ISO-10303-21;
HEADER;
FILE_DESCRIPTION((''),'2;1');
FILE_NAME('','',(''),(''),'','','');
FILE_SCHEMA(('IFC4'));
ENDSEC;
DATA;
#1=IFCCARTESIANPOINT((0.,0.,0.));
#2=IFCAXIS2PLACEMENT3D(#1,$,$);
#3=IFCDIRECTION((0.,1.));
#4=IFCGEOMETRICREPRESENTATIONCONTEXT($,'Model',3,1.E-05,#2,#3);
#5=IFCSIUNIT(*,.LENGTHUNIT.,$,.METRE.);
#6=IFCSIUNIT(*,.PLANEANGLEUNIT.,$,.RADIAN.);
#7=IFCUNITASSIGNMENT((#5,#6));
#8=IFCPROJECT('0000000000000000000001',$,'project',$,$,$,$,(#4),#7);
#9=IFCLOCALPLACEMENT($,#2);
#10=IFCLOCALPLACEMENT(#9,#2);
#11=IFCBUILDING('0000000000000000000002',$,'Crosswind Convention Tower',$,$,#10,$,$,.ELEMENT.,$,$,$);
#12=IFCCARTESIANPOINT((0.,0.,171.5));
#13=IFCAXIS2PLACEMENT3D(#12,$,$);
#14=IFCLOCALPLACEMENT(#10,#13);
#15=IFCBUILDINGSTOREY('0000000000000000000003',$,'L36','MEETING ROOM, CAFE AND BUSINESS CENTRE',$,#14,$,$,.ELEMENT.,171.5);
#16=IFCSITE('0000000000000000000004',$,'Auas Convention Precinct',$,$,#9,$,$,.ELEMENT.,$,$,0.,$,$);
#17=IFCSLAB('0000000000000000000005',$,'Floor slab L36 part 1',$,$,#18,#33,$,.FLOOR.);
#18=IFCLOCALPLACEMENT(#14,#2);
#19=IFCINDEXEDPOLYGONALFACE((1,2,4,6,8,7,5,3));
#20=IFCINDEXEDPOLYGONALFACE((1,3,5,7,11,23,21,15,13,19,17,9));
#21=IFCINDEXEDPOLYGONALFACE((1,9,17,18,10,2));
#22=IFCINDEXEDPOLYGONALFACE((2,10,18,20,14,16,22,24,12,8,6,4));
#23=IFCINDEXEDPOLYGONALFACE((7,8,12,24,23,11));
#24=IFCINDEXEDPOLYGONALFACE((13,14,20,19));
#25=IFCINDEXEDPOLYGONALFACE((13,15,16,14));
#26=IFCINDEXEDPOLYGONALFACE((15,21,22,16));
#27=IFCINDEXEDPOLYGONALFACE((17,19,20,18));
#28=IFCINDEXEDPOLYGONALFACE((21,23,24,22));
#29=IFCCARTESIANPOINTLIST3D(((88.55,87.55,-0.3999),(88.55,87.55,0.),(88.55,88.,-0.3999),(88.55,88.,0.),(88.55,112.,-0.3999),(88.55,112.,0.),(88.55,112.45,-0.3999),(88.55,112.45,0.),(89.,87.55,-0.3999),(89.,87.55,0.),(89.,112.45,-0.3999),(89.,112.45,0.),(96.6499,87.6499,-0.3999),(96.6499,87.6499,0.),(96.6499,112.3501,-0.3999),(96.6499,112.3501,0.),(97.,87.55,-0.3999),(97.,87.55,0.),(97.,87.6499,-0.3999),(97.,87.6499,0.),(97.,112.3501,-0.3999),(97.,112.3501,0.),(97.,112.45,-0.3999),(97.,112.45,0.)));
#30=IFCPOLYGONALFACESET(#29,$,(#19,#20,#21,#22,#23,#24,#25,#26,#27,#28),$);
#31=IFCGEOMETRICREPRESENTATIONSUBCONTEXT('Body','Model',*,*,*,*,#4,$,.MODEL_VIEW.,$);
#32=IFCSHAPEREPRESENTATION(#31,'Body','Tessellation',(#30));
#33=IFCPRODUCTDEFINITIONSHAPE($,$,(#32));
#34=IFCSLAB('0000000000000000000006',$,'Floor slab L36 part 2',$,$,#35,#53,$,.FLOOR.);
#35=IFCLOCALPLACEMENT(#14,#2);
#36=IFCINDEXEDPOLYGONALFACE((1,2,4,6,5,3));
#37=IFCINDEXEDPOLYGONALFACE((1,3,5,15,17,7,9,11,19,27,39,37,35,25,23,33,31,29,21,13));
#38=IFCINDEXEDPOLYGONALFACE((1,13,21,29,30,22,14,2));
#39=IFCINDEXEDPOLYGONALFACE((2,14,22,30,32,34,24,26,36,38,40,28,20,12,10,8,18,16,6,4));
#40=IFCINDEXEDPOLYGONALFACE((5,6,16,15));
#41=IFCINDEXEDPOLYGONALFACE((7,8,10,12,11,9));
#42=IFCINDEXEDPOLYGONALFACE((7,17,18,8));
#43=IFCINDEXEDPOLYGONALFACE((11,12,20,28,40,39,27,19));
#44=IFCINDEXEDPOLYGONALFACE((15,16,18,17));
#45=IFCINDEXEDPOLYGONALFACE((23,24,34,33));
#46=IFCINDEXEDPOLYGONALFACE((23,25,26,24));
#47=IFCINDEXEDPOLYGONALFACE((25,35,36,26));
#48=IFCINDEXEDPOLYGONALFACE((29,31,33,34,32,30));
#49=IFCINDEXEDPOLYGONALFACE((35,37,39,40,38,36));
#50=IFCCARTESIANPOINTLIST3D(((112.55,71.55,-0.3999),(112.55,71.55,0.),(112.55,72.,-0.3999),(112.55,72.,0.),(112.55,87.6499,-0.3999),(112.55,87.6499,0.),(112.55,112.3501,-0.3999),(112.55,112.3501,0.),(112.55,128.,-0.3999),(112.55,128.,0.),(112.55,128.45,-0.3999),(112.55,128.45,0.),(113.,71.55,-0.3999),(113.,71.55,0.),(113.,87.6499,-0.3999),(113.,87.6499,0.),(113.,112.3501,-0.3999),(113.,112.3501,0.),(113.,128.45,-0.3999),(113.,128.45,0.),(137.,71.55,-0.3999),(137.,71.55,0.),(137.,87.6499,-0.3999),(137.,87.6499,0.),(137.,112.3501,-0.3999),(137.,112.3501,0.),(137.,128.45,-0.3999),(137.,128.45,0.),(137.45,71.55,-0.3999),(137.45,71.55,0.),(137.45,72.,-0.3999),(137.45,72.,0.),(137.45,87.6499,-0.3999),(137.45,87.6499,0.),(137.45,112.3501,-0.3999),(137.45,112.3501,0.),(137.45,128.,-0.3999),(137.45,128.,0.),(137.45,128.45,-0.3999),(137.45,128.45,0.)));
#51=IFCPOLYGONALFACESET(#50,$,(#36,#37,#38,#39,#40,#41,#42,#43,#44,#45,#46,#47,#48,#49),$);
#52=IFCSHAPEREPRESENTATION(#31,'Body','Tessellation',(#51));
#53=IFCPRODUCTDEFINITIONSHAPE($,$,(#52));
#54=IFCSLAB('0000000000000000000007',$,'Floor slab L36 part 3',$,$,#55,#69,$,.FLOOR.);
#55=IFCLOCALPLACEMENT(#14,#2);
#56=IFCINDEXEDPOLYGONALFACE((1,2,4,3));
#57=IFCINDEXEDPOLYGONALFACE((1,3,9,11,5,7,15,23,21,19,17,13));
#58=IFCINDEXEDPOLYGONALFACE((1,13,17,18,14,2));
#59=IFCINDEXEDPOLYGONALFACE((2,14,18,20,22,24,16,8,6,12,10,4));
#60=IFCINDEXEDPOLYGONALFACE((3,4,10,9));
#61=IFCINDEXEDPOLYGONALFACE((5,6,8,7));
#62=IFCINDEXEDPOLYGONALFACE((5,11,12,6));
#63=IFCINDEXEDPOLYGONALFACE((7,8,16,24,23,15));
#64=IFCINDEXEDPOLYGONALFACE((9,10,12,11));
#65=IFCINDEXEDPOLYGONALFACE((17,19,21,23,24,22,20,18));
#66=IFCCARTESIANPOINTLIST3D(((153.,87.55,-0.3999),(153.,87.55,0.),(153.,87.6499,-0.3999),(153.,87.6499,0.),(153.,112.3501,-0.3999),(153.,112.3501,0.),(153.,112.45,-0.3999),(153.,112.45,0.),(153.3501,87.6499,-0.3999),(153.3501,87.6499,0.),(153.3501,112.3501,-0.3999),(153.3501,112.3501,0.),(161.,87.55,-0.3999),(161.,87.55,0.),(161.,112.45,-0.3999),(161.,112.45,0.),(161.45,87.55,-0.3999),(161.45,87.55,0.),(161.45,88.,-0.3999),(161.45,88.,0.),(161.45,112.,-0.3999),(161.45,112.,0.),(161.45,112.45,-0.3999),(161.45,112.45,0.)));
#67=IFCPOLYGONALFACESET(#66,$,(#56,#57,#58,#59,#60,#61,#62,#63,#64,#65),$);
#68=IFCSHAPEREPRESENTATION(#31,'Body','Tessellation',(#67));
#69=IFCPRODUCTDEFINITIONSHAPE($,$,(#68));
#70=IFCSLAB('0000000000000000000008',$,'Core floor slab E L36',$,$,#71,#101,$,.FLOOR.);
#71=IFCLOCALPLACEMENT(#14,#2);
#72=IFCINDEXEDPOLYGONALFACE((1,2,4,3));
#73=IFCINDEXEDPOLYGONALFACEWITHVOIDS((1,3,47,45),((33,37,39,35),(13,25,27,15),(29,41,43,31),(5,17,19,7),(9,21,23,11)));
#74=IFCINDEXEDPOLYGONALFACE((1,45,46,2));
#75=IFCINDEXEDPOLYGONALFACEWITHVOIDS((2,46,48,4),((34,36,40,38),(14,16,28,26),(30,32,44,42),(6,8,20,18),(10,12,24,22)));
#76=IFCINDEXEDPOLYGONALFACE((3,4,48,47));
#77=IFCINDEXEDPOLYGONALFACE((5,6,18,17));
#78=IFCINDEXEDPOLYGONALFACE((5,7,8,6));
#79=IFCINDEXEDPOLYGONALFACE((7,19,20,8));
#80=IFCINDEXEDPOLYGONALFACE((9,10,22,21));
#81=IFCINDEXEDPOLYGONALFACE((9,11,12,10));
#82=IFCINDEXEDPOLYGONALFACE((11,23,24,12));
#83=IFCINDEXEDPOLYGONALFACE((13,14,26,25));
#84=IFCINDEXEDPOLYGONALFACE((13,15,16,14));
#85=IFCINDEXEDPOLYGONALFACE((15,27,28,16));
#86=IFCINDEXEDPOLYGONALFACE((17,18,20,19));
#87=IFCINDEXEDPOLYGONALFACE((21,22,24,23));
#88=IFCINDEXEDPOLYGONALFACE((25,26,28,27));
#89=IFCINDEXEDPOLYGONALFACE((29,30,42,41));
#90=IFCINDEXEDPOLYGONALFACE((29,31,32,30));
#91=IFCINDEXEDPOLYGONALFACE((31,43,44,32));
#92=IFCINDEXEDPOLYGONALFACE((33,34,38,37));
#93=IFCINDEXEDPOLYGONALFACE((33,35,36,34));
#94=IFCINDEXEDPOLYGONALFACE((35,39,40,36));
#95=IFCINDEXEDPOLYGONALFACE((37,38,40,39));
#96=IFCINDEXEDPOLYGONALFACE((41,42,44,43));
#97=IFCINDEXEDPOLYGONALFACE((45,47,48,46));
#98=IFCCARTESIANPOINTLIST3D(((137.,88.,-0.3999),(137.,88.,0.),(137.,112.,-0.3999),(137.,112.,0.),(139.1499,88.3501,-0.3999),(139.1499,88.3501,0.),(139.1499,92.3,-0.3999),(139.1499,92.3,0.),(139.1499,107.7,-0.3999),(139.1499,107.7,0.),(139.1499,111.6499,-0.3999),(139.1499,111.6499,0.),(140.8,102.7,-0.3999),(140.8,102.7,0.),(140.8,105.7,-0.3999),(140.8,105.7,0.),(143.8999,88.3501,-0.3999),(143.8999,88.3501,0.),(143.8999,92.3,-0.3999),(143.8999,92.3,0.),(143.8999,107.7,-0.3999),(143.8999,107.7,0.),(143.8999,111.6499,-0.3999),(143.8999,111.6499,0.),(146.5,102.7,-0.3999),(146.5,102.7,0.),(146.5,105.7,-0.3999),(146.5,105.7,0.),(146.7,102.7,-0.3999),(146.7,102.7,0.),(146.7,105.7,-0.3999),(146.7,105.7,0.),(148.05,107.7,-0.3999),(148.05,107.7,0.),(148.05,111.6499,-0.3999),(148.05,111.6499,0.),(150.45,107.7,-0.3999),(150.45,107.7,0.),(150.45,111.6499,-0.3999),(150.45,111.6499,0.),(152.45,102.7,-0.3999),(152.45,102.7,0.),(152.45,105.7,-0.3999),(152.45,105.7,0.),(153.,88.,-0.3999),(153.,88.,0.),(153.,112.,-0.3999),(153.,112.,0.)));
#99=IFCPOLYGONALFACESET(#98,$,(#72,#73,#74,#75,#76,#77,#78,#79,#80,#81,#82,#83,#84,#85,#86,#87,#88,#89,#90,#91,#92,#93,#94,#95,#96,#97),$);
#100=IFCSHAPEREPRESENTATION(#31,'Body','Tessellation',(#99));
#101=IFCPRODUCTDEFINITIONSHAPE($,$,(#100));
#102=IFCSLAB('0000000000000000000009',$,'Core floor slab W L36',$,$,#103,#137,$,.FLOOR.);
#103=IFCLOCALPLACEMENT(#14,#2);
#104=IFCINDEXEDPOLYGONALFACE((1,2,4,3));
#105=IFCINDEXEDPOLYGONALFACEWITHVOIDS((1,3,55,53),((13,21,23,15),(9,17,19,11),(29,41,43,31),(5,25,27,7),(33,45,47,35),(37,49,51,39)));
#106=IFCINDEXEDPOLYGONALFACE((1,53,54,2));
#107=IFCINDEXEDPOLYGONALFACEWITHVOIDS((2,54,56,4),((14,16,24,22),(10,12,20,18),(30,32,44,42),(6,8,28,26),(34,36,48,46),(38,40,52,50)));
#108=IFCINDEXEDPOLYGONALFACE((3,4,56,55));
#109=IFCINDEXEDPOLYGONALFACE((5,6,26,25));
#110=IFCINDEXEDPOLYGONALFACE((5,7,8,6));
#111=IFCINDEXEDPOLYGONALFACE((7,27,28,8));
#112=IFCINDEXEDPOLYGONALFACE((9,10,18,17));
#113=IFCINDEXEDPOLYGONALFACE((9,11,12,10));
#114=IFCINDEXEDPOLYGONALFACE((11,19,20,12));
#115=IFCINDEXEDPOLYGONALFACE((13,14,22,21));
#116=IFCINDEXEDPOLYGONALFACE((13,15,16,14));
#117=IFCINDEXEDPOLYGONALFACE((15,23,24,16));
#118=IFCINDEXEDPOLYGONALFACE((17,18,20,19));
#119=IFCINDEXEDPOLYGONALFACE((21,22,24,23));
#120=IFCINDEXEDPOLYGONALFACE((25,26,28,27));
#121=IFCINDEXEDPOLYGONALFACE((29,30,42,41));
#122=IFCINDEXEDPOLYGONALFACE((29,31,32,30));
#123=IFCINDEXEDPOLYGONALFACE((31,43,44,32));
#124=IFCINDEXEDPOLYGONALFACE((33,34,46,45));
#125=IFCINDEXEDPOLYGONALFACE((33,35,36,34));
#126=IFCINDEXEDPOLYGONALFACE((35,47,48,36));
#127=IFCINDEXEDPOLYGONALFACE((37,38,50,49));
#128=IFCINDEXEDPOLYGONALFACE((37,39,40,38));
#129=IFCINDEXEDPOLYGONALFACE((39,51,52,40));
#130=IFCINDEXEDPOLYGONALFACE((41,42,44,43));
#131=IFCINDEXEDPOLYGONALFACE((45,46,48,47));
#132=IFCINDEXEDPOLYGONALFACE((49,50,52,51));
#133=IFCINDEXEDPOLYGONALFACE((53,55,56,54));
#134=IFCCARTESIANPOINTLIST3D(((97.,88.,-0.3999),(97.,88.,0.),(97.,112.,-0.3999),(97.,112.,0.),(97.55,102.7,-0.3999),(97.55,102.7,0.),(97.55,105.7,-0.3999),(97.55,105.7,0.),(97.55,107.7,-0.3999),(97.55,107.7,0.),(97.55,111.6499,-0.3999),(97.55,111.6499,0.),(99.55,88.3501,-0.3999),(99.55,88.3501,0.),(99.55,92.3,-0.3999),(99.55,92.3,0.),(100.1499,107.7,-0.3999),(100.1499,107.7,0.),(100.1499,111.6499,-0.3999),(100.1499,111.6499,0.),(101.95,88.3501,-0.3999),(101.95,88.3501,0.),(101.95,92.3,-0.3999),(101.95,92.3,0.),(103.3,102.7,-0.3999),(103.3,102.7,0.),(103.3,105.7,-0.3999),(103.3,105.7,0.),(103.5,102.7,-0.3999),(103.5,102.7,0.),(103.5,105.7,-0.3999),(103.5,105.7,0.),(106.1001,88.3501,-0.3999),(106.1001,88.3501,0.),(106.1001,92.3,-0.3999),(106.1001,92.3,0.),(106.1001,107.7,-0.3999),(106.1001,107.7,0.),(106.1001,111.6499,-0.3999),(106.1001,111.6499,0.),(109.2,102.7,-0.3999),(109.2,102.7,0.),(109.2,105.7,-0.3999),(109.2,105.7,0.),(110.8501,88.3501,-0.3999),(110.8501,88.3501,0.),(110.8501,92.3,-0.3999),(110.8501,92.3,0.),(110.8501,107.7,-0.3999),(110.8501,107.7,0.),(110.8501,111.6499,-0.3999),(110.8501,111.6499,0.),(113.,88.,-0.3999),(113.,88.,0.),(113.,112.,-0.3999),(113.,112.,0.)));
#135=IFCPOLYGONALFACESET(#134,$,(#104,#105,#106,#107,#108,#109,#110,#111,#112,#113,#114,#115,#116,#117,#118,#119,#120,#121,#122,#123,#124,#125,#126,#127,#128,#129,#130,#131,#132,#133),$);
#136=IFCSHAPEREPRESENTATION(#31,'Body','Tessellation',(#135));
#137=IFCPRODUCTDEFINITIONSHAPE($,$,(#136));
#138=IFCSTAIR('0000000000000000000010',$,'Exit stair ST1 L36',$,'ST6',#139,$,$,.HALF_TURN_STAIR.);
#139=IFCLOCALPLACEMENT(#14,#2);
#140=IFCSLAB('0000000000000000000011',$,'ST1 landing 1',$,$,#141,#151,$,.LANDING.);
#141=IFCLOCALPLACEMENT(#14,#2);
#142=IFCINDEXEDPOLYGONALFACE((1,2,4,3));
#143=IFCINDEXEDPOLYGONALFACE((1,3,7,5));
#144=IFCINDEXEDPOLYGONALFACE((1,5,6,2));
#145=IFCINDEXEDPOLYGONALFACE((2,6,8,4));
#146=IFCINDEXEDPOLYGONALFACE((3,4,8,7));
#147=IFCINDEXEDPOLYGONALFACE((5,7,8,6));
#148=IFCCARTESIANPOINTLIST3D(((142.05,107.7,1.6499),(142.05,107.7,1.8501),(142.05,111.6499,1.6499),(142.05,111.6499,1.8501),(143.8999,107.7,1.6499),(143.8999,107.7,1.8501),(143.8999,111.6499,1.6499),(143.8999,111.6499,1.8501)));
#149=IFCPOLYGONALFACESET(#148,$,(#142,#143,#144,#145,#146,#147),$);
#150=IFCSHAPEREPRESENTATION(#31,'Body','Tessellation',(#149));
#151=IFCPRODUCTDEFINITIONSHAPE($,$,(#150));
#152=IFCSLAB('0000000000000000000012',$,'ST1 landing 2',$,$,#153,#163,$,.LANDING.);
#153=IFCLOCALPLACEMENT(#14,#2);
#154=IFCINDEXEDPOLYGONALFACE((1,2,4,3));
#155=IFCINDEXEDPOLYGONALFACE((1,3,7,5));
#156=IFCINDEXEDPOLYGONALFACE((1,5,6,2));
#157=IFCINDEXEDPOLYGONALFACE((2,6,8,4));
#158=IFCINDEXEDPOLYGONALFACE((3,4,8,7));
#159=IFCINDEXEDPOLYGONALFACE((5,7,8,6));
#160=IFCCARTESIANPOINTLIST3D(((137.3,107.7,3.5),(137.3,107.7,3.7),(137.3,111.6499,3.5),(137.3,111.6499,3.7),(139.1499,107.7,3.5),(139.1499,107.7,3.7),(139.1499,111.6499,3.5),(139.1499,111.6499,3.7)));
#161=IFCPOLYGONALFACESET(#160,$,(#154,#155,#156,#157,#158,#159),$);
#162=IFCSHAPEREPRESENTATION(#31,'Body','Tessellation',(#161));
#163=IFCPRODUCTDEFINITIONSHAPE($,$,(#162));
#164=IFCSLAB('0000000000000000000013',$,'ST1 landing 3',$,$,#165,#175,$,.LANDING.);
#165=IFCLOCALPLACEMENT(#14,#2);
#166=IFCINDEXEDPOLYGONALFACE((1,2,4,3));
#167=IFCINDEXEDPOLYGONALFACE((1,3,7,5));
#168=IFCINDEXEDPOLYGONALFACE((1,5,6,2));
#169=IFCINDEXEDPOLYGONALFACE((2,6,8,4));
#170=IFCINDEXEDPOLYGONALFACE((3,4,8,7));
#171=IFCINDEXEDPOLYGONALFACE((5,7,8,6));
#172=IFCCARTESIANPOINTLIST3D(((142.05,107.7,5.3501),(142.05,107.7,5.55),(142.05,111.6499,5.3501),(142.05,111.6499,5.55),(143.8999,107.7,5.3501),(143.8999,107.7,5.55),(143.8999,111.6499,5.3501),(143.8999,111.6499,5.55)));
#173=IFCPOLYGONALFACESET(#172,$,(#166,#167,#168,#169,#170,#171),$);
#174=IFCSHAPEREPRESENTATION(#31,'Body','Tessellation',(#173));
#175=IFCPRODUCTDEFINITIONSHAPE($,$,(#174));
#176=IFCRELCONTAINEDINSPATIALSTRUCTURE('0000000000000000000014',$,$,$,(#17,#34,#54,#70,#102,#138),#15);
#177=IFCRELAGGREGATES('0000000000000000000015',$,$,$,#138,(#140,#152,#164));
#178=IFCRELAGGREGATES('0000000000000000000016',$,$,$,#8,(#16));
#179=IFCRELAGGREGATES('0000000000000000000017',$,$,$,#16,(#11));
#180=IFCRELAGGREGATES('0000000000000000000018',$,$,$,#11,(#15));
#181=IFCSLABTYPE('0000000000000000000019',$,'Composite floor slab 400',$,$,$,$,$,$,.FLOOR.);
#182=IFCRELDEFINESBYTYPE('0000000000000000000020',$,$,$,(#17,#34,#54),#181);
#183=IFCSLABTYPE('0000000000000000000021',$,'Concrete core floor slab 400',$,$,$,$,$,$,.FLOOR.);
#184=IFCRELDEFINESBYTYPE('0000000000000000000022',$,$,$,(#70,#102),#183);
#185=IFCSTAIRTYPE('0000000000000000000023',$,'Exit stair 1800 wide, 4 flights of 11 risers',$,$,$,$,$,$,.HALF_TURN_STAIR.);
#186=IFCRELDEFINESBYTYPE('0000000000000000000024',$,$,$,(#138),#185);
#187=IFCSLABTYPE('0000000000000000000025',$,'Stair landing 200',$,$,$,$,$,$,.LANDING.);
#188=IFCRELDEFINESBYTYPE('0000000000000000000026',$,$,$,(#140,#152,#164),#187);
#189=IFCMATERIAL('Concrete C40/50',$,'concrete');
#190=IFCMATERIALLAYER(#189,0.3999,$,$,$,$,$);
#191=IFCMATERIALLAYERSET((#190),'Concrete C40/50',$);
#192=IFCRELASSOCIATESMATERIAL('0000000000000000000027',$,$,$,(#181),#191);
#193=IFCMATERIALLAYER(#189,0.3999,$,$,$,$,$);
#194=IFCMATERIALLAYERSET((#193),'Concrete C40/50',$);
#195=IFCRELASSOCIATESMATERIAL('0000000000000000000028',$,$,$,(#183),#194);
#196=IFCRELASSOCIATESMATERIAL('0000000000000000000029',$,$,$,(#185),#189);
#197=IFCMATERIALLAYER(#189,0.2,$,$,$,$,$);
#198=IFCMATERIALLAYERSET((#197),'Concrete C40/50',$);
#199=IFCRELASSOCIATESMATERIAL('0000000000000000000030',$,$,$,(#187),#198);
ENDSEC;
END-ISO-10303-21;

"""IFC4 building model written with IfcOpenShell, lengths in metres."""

from ifc_helpers import new_model, si_unit, direction, frame, origin, place, context, subcontext, project, spatial, polyline, outline, extrude, material, layer, layer_set, type_object, element, aggregate, save


model = new_model("IFC4")

# Units and contexts
model_context = context("Model", 3, precision=1e-05, world=origin(), true_north=direction((0.0, 1.0)))
body_context = subcontext(model_context, "Body", "Model", "MODEL_VIEW")
ifc_project = project(units=[si_unit("LENGTHUNIT", "METRE"), si_unit("PLANEANGLEUNIT", "RADIAN")], contexts=[model_context])

# Site, building, storey
site_placement = place(None, origin())
site = spatial("IfcSite", under=ifc_project, at=site_placement, Name="Auas Convention Precinct", CompositionType="ELEMENT", RefElevation=0.0)
building_placement = place(site_placement, origin())
building = spatial("IfcBuilding", under=site, at=building_placement, Name="Crosswind Convention Tower", CompositionType="ELEMENT")
storey_placement = place(building_placement, frame((0.0, 0.0, 171.5)))
storey = spatial("IfcBuildingStorey", under=building, at=storey_placement, Name="L36", Description="MEETING ROOM, CAFE AND BUSINESS CENTRE", CompositionType="ELEMENT", Elevation=171.5)

# Slabs
ifc_material_1 = material(Name="Concrete C40/50", Category="concrete")
ifc_layer_1 = layer(ifc_material_1, 0.3999)
ifc_layer_set_1 = layer_set([ifc_layer_1], Name="Concrete C40/50")
slab_type_1 = type_object("IfcSlabType", Name="Composite floor slab 400", PredefinedType="FLOOR", material=ifc_layer_set_1)
slab_1_placement = place(storey_placement, frame((0.0, 0.0, -0.3999)))
element("IfcSlab", 1, at=slab_1_placement, inside=storey, type_object=slab_type_1, Name="Floor slab L36 part 1", PredefinedType="FLOOR", context=body_context, shape_type="SweptSolid", body=[
    extrude(outline(polyline([(97.0, 87.55), (89.0, 87.55), (88.55, 87.55), (88.55, 88.0), (88.55, 112.0), (88.55, 112.45), (89.0, 112.45), (97.0, 112.45), (97.0, 112.3501), (96.6499, 112.3501), (96.6499, 87.6499), (97.0, 87.6499), (97.0, 87.55)])), origin(), (0.0, 0.0, 1.0), 0.3999),
])
slab_2_placement = place(storey_placement, frame((0.0, 0.0, -0.3999)))
element("IfcSlab", 2, at=slab_2_placement, inside=storey, type_object=slab_type_1, Name="Floor slab L36 part 2", PredefinedType="FLOOR", context=body_context, shape_type="SweptSolid", body=[
    extrude(outline(polyline([(112.55, 87.6499), (113.0, 87.6499), (113.0, 112.3501), (112.55, 112.3501), (112.55, 128.0), (112.55, 128.45), (113.0, 128.45), (137.0, 128.45), (137.45, 128.45), (137.45, 128.0), (137.45, 112.3501), (137.0, 112.3501), (137.0, 87.6499), (137.45, 87.6499), (137.45, 72.0), (137.45, 71.55), (137.0, 71.55), (113.0, 71.55), (112.55, 71.55), (112.55, 72.0), (112.55, 87.6499)])), origin(), (0.0, 0.0, 1.0), 0.3999),
])
slab_3_placement = place(storey_placement, frame((0.0, 0.0, -0.3999)))
element("IfcSlab", 3, at=slab_3_placement, inside=storey, type_object=slab_type_1, Name="Floor slab L36 part 3", PredefinedType="FLOOR", context=body_context, shape_type="SweptSolid", body=[
    extrude(outline(polyline([(153.0, 112.45), (161.0, 112.45), (161.45, 112.45), (161.45, 112.0), (161.45, 88.0), (161.45, 87.55), (161.0, 87.55), (153.0, 87.55), (153.0, 87.6499), (153.3501, 87.6499), (153.3501, 112.3501), (153.0, 112.3501), (153.0, 112.45)])), origin(), (0.0, 0.0, 1.0), 0.3999),
])
ifc_layer_2 = layer(ifc_material_1, 0.3999)
ifc_layer_set_2 = layer_set([ifc_layer_2], Name="Concrete C40/50")
slab_type_2 = type_object("IfcSlabType", Name="Concrete core floor slab 400", PredefinedType="FLOOR", material=ifc_layer_set_2)
slab_4_placement = place(storey_placement, frame((0.0, 0.0, -0.3999)))
element("IfcSlab", 4, at=slab_4_placement, inside=storey, type_object=slab_type_2, Name="Core floor slab E L36", PredefinedType="FLOOR", context=body_context, shape_type="SweptSolid", body=[
    extrude(outline(polyline([(137.0, 88.0), (153.0, 88.0), (153.0, 112.0), (137.0, 112.0), (137.0, 88.0)]), holes=[polyline([(146.5, 102.7), (146.5, 105.7), (140.8, 105.7), (140.8, 102.7), (146.5, 102.7)]), polyline([(152.45, 102.7), (152.45, 105.7), (146.7, 105.7), (146.7, 102.7), (152.45, 102.7)]), polyline([(150.45, 107.7), (150.45, 111.6499), (148.05, 111.6499), (148.05, 107.7), (150.45, 107.7)]), polyline([(143.8999, 107.7), (143.8999, 111.6499), (139.1499, 111.6499), (139.1499, 107.7), (143.8999, 107.7)]), polyline([(143.8999, 88.3501), (143.8999, 92.3), (139.1499, 92.3), (139.1499, 88.3501), (143.8999, 88.3501)])]), origin(), (0.0, 0.0, 1.0), 0.3999),
])
slab_5_placement = place(storey_placement, frame((0.0, 0.0, -0.3999)))
element("IfcSlab", 5, at=slab_5_placement, inside=storey, type_object=slab_type_2, Name="Core floor slab W L36", PredefinedType="FLOOR", context=body_context, shape_type="SweptSolid", body=[
    extrude(outline(polyline([(97.0, 88.0), (113.0, 88.0), (113.0, 112.0), (97.0, 112.0), (97.0, 88.0)]), holes=[polyline([(109.2, 102.7), (109.2, 105.7), (103.5, 105.7), (103.5, 102.7), (109.2, 102.7)]), polyline([(103.3, 102.7), (103.3, 105.7), (97.55, 105.7), (97.55, 102.7), (103.3, 102.7)]), polyline([(101.95, 88.3501), (101.95, 92.3), (99.55, 92.3), (99.55, 88.3501), (101.95, 88.3501)]), polyline([(100.1499, 107.7), (100.1499, 111.6499), (97.55, 111.6499), (97.55, 107.7), (100.1499, 107.7)]), polyline([(110.8501, 88.3501), (110.8501, 92.3), (106.1001, 92.3), (106.1001, 88.3501), (110.8501, 88.3501)]), polyline([(110.8501, 107.7), (110.8501, 111.6499), (106.1001, 111.6499), (106.1001, 107.7), (110.8501, 107.7)])]), origin(), (0.0, 0.0, 1.0), 0.3999),
])

# Stair, slabs
stair_type = type_object("IfcStairType", Name="Exit stair 1800 wide, 4 flights of 11 risers", PredefinedType="HALF_TURN_STAIR", material=ifc_material_1)
stair_1_placement = place(storey_placement, origin())
stair_1 = element("IfcStair", 6, at=stair_1_placement, inside=storey, type_object=stair_type, Name="Exit stair ST1 L36", ObjectType="ST6", PredefinedType="HALF_TURN_STAIR")
ifc_layer_3 = layer(ifc_material_1, 0.2)
ifc_layer_set_3 = layer_set([ifc_layer_3], Name="Concrete C40/50")
slab_type_3 = type_object("IfcSlabType", Name="Stair landing 200", PredefinedType="LANDING", material=ifc_layer_set_3)
slab_6_placement = place(storey_placement, frame((0.0, 0.0, 1.6499)))
slab_6 = element("IfcSlab", 7, at=slab_6_placement, type_object=slab_type_3, Name="ST1 landing 1", PredefinedType="LANDING", context=body_context, shape_type="SweptSolid", body=[
    extrude(outline(polyline([(143.8999, 107.7), (143.8999, 111.6499), (142.05, 111.6499), (142.05, 107.7), (143.8999, 107.7)])), origin(), (0.0, 0.0, 1.0), 0.2002),
])
slab_7_placement = place(storey_placement, frame((0.0, 0.0, 3.5)))
slab_7 = element("IfcSlab", 8, at=slab_7_placement, type_object=slab_type_3, Name="ST1 landing 2", PredefinedType="LANDING", context=body_context, shape_type="SweptSolid", body=[
    extrude(outline(polyline([(139.1499, 107.7), (139.1499, 111.6499), (137.3, 111.6499), (137.3, 107.7), (139.1499, 107.7)])), origin(), (0.0, 0.0, 1.0), 0.2),
])
slab_8_placement = place(storey_placement, frame((0.0, 0.0, 5.3501)))
slab_8 = element("IfcSlab", 9, at=slab_8_placement, type_object=slab_type_3, Name="ST1 landing 3", PredefinedType="LANDING", context=body_context, shape_type="SweptSolid", body=[
    extrude(outline(polyline([(143.8999, 107.7), (143.8999, 111.6499), (142.05, 111.6499), (142.05, 107.7), (143.8999, 107.7)])), origin(), (0.0, 0.0, 1.0), 0.2),
])
aggregate(stair_1, [slab_6, slab_7, slab_8])

save(model, "model.ifc")
